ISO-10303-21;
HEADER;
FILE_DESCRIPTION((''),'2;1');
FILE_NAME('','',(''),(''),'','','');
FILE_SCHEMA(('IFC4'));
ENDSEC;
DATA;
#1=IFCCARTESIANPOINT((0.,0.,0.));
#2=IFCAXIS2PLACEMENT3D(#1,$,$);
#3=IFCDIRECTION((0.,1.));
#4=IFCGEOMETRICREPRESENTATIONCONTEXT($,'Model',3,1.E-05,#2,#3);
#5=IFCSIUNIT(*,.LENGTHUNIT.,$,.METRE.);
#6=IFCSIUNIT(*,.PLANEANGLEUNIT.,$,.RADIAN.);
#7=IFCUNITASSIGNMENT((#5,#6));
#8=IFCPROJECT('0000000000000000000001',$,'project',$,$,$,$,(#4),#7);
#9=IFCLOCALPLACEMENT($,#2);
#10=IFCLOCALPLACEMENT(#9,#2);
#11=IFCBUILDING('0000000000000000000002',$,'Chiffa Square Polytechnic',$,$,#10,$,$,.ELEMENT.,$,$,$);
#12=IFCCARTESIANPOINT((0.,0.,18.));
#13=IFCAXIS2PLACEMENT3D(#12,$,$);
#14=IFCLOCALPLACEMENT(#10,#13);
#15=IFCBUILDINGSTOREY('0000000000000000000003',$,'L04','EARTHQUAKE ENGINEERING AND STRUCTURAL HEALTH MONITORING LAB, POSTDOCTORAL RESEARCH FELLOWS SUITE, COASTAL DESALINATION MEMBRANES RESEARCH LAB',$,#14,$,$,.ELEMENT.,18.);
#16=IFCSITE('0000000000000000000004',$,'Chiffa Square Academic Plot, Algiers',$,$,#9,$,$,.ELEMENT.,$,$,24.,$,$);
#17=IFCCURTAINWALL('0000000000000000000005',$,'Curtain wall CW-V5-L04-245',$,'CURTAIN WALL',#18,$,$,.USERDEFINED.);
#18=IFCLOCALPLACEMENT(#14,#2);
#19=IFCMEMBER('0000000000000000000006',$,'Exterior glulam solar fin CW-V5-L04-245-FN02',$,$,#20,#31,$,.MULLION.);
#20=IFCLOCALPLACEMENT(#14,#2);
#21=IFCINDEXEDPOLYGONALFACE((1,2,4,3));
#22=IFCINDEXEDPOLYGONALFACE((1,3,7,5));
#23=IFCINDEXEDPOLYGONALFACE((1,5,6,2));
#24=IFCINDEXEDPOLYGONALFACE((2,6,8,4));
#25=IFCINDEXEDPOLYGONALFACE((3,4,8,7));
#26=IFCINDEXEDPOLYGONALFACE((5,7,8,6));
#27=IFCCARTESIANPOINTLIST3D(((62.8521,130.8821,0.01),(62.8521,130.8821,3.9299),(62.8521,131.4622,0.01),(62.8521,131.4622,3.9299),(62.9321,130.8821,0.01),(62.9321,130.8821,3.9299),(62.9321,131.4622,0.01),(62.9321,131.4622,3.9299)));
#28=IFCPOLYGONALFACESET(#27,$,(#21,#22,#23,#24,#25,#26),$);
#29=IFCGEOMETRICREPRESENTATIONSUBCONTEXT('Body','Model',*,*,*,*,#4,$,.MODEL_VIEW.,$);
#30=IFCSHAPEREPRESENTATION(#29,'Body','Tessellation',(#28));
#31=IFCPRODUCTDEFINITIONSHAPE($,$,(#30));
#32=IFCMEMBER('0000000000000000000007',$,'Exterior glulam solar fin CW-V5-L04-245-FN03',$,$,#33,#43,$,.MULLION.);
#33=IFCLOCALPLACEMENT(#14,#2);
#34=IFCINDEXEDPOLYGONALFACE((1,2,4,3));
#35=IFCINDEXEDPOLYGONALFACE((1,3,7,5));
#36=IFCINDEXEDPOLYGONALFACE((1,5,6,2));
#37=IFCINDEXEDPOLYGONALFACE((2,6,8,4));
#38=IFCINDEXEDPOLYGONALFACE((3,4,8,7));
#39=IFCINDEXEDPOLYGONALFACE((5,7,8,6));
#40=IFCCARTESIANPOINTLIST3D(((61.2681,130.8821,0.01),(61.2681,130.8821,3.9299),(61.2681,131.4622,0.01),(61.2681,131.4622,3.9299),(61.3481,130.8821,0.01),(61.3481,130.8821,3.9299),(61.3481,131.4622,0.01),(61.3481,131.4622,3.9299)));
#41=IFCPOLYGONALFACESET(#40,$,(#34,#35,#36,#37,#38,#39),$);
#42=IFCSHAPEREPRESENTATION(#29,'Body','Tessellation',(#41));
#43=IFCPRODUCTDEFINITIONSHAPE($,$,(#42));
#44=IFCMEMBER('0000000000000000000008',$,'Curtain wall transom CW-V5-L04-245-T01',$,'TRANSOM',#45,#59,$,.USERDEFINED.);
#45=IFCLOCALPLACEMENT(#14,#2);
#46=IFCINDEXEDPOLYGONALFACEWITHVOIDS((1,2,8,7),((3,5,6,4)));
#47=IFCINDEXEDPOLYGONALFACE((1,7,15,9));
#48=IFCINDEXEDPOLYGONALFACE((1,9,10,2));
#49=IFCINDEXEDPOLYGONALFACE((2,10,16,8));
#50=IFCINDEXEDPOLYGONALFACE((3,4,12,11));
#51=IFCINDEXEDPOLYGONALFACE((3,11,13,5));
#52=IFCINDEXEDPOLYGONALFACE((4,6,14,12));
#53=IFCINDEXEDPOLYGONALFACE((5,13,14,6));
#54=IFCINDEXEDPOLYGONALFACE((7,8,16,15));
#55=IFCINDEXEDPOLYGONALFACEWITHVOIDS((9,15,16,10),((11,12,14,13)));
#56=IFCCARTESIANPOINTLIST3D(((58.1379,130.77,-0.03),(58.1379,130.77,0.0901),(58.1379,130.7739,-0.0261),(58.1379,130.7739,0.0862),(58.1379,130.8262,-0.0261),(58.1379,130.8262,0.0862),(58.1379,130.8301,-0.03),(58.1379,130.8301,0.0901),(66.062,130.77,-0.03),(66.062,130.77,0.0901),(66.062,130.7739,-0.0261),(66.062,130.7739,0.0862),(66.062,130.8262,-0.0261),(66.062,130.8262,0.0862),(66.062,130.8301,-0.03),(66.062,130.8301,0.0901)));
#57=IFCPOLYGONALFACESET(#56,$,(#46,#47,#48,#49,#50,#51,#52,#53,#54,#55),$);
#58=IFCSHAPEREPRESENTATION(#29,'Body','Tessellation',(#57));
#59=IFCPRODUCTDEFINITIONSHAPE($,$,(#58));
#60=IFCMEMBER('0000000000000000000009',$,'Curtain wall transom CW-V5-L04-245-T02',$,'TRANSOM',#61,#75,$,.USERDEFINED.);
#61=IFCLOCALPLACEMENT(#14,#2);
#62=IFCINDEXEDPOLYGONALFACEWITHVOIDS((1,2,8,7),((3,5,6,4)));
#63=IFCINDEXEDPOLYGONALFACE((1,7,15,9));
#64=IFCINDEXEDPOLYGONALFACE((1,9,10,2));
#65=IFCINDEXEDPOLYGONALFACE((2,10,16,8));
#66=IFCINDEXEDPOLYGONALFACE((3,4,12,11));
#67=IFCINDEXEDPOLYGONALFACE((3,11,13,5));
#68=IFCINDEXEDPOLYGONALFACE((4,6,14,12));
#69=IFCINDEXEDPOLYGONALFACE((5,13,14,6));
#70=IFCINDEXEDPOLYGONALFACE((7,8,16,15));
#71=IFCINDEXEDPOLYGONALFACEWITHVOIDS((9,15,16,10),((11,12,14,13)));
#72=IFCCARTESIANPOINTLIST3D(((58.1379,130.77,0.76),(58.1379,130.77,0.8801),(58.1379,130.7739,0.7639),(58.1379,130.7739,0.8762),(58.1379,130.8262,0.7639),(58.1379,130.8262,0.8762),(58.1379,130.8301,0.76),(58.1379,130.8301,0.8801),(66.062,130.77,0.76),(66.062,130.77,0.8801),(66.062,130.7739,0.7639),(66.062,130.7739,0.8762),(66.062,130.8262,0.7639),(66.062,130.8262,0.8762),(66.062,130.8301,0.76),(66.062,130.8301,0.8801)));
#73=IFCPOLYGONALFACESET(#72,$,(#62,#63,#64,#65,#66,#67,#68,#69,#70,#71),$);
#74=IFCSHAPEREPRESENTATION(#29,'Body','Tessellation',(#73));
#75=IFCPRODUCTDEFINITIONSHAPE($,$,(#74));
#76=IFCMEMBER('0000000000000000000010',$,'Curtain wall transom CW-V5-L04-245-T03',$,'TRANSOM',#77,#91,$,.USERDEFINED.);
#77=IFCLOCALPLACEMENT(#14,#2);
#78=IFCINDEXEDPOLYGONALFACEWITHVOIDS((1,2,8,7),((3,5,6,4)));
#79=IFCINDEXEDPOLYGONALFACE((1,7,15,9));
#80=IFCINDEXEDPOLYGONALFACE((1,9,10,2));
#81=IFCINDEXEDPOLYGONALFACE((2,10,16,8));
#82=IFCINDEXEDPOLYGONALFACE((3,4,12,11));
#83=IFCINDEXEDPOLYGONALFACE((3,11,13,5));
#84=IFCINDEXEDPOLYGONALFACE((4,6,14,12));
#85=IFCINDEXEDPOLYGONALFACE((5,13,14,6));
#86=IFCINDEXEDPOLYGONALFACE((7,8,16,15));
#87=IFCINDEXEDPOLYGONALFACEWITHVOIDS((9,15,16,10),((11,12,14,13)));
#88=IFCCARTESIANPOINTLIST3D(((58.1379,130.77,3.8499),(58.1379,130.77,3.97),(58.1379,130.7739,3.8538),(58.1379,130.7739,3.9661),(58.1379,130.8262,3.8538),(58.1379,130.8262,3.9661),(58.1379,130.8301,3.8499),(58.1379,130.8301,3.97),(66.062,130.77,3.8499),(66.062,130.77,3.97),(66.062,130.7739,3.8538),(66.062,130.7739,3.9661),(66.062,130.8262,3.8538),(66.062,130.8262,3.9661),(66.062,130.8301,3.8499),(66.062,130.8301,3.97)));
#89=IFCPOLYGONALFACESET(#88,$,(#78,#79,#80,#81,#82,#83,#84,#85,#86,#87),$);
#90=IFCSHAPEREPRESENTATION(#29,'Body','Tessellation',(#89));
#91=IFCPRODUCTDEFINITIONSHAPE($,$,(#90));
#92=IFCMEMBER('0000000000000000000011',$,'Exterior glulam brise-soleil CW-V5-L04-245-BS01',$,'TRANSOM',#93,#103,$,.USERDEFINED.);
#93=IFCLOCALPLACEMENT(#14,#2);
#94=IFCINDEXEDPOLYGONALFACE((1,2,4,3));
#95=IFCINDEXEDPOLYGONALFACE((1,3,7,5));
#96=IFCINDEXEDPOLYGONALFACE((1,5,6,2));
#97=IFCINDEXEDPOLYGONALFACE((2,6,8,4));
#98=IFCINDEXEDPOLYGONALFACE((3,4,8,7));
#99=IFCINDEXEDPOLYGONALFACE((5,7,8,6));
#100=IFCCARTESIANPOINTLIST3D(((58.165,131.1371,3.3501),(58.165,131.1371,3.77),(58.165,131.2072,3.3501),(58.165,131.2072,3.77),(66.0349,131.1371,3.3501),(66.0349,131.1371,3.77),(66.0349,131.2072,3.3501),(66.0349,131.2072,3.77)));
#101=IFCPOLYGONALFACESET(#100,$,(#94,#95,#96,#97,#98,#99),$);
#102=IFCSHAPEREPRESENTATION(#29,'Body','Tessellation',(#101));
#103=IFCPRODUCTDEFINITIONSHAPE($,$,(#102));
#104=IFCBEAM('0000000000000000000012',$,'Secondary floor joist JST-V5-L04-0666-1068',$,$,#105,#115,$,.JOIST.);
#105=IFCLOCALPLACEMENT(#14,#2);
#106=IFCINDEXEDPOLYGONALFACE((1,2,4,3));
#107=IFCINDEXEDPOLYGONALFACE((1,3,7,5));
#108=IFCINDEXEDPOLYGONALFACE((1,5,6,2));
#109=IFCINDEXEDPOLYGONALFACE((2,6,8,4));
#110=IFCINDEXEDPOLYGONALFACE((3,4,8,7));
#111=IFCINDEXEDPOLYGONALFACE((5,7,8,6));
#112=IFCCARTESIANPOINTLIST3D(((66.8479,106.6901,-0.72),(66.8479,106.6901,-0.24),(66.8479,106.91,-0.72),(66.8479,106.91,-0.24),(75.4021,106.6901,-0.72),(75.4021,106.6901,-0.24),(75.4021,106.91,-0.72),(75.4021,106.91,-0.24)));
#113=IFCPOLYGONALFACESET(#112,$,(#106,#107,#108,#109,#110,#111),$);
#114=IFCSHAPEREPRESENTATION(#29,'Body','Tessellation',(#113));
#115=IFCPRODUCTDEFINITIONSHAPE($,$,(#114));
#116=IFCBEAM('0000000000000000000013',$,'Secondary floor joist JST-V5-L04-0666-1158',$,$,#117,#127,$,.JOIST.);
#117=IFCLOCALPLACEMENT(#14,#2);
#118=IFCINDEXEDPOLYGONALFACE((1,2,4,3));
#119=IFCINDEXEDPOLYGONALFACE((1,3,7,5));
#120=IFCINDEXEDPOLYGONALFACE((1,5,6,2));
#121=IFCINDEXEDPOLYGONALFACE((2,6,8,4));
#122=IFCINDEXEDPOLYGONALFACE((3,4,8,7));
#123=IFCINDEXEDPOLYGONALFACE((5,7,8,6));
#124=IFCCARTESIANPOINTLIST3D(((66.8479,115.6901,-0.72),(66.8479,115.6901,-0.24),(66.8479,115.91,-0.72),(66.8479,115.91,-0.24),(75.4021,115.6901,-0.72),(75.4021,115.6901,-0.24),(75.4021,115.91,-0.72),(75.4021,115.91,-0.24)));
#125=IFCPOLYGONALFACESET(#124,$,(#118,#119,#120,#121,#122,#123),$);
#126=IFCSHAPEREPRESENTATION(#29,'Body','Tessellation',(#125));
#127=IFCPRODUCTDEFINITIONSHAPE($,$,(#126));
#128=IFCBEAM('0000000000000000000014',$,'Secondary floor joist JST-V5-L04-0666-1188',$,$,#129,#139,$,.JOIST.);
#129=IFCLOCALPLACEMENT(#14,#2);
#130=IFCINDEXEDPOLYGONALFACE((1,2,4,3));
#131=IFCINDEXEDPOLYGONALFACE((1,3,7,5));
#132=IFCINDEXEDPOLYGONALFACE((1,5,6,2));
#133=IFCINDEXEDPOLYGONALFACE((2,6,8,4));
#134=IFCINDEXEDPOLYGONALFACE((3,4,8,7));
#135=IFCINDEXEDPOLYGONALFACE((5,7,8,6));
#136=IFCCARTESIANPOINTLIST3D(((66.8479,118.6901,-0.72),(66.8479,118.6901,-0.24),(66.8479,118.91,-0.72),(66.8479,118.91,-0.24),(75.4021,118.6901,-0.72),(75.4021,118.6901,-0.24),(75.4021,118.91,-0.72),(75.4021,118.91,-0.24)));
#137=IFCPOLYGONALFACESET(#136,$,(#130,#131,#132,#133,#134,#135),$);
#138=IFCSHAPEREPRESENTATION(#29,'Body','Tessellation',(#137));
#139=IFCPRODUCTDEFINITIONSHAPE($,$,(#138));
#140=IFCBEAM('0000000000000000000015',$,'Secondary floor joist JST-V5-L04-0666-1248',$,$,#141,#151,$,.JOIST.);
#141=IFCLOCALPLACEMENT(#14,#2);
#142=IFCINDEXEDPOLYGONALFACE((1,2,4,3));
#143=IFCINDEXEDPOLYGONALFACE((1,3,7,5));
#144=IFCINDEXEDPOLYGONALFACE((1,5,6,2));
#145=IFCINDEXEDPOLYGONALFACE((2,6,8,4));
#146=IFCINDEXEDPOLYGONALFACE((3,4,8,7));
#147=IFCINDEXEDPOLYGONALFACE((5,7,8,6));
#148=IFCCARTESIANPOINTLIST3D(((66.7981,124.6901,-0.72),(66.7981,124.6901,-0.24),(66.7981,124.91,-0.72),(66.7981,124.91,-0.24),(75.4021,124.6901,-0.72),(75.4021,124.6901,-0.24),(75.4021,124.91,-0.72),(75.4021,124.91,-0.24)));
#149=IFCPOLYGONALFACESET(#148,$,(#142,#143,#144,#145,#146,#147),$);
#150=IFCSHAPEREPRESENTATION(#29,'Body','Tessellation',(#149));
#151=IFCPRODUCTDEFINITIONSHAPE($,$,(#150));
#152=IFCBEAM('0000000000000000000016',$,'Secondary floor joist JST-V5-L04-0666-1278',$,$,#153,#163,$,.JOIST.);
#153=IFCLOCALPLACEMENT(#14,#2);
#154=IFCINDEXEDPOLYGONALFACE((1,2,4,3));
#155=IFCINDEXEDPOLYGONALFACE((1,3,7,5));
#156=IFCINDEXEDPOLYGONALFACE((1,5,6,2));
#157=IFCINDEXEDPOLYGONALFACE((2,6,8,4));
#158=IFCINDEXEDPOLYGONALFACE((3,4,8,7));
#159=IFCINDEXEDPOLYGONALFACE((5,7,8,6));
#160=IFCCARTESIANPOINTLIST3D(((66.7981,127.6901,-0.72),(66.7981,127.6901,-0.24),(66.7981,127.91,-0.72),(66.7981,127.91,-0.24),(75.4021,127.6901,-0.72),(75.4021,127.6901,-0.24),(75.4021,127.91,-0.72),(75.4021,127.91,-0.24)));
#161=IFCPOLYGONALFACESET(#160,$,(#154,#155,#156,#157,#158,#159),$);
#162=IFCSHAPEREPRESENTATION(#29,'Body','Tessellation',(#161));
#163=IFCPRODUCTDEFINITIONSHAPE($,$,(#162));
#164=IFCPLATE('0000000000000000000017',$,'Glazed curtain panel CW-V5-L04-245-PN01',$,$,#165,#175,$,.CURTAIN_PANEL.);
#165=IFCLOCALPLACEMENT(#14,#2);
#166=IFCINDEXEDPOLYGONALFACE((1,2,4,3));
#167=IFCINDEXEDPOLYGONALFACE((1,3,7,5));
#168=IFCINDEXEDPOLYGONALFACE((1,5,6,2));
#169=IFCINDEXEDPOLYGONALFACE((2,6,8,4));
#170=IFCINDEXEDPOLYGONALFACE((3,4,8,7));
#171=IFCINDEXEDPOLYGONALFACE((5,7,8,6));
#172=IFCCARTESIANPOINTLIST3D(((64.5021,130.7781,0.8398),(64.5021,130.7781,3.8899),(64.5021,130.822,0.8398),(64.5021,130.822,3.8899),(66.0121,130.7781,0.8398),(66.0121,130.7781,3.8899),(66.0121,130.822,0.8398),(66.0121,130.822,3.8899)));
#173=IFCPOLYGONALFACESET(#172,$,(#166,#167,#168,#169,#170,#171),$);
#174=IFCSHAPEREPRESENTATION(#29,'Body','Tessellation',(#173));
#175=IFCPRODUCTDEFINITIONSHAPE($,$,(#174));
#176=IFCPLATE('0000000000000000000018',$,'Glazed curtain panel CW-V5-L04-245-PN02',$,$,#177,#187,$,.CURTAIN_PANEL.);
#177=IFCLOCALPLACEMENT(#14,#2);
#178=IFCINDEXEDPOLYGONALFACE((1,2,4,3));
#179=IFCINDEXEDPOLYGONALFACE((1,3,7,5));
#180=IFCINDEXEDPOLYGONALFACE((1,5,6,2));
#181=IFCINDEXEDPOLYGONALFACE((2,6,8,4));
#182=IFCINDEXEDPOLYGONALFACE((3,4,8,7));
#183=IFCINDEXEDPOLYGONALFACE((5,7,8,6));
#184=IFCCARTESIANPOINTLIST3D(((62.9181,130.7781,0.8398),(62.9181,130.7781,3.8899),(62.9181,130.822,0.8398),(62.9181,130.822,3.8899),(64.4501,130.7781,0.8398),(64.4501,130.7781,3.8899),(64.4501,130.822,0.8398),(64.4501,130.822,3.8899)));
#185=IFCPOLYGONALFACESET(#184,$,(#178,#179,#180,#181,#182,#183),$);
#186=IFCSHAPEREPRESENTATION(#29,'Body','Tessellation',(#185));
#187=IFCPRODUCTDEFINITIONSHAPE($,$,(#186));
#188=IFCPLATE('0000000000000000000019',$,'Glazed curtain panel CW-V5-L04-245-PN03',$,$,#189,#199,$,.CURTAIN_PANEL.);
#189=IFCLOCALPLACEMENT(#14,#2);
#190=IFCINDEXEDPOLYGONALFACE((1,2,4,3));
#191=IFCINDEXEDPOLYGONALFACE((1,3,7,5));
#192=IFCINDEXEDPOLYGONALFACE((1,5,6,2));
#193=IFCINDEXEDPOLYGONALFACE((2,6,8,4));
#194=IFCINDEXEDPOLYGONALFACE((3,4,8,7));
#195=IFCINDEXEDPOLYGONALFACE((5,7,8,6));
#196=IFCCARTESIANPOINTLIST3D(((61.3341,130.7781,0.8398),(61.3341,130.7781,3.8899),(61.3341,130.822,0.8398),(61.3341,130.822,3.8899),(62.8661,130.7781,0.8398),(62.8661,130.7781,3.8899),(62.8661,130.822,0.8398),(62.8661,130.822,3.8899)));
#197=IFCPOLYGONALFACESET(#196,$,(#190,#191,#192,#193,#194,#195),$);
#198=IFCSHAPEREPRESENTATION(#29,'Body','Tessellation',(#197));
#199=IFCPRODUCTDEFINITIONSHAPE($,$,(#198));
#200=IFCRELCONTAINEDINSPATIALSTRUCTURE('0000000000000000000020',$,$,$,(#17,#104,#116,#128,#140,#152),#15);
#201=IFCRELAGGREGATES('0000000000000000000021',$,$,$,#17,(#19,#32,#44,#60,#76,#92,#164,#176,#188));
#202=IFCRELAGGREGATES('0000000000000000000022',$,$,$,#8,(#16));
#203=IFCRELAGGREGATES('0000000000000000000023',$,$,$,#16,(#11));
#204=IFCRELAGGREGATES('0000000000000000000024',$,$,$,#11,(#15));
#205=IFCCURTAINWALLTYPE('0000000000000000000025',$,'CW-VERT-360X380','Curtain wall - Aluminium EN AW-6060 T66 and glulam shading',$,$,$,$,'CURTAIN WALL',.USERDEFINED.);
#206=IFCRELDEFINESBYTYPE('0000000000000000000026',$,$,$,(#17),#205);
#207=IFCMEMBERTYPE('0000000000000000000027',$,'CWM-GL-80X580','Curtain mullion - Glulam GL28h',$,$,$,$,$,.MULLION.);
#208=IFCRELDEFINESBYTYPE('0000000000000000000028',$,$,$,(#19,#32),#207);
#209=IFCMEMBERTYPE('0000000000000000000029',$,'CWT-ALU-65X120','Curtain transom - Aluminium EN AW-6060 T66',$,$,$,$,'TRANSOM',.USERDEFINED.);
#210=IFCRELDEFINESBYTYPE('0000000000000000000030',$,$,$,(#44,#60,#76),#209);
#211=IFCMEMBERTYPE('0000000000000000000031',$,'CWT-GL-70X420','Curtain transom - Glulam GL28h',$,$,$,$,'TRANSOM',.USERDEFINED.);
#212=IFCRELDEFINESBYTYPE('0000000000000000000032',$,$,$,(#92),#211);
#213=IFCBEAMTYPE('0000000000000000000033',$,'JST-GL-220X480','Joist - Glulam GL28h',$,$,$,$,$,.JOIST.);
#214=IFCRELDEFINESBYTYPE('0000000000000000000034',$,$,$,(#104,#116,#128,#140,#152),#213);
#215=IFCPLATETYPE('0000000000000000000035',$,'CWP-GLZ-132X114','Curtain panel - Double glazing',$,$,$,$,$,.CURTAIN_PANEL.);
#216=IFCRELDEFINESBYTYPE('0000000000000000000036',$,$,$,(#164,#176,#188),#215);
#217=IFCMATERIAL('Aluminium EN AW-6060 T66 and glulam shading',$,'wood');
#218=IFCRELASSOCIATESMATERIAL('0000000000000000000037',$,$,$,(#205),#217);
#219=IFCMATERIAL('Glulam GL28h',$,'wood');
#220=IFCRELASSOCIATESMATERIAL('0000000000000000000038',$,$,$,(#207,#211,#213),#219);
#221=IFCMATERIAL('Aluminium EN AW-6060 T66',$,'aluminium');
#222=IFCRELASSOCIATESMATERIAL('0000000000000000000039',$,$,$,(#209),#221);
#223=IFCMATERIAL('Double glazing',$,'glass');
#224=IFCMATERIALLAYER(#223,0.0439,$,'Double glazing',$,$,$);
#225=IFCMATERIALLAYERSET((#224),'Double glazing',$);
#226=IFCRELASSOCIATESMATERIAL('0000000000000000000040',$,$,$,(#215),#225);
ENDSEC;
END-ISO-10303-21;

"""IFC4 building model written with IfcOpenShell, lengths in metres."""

from ifc_helpers import new_model, si_unit, direction, frame, origin, origin_2d, place, context, subcontext, project, spatial, rectangle, hollow_rectangle, extrude, material, layer, layer_set, material_profile, profile_set, type_object, element, aggregate, save


model = new_model("IFC4")

# Units and contexts
model_context = context("Model", 3, precision=1e-05, world=origin(), true_north=direction((0.0, 1.0)))
body_context = subcontext(model_context, "Body", "Model", "MODEL_VIEW")
ifc_project = project(units=[si_unit("LENGTHUNIT", "METRE"), si_unit("PLANEANGLEUNIT", "RADIAN")], contexts=[model_context])

# Site, building, storey
site_placement = place(None, origin())
site = spatial("IfcSite", under=ifc_project, at=site_placement, Name="Chiffa Square Academic Plot, Algiers", CompositionType="ELEMENT", RefElevation=24.0)
building_placement = place(site_placement, origin())
building = spatial("IfcBuilding", under=site, at=building_placement, Name="Chiffa Square Polytechnic", CompositionType="ELEMENT")
storey_placement = place(building_placement, frame((0.0, 0.0, 18.0)))
storey = spatial("IfcBuildingStorey", under=building, at=storey_placement, Name="L04", Description="EARTHQUAKE ENGINEERING AND STRUCTURAL HEALTH MONITORING LAB, POSTDOCTORAL RESEARCH FELLOWS SUITE, COASTAL DESALINATION MEMBRANES RESEARCH LAB", CompositionType="ELEMENT", Elevation=18.0)

# Curtain wall, members
ifc_material_1 = material(Name="Aluminium EN AW-6060 T66 and glulam shading", Category="wood")
curtain_wall_type = type_object("IfcCurtainWallType", Name="CW-VERT-360X380", Description="Curtain wall - Aluminium EN AW-6060 T66 and glulam shading", ElementType="CURTAIN WALL", PredefinedType="USERDEFINED", material=ifc_material_1)
curtain_wall_placement = place(storey_placement, origin())
curtain_wall = element("IfcCurtainWall", 1, at=curtain_wall_placement, inside=storey, type_object=curtain_wall_type, Name="Curtain wall CW-V5-L04-245", ObjectType="CURTAIN WALL", PredefinedType="USERDEFINED")
ifc_material_2 = material(Name="Aluminium EN AW-6060 T66", Category="aluminium")
ifc_material_3 = material(Name="Glulam GL28h", Category="wood")
ifc_material_profile_1 = material_profile(ifc_material_3, rectangle(XDim=0.0801, YDim=0.5801, at=origin_2d()), Name="GL28h 80x580")
ifc_profile_set_1 = profile_set([ifc_material_profile_1], Name="Glulam GL28h")
member_type_1 = type_object("IfcMemberType", Name="CWM-GL-80X580", Description="Curtain mullion - Glulam GL28h", PredefinedType="MULLION", material=ifc_profile_set_1)
member_1_placement = place(storey_placement, frame((62.8921, 131.1721, 0.01), z_axis=(0.0, 0.0, 1.0), x_axis=(-1.0, 0.0, 0.0)))
member_1 = element("IfcMember", 2, at=member_1_placement, type_object=member_type_1, Name="Exterior glulam solar fin CW-V5-L04-245-FN02", PredefinedType="MULLION", context=body_context, shape_type="SweptSolid", body=[
    extrude(rectangle(XDim=0.0801, YDim=0.5801, at=origin_2d()), origin(), (0.0, 0.0, 1.0), 3.9199),
])
member_2_placement = place(storey_placement, frame((61.3081, 131.1721, 0.01), z_axis=(0.0, 0.0, 1.0), x_axis=(-1.0, 0.0, 0.0)))
member_2 = element("IfcMember", 3, at=member_2_placement, type_object=member_type_1, Name="Exterior glulam solar fin CW-V5-L04-245-FN03", PredefinedType="MULLION", context=body_context, shape_type="SweptSolid", body=[
    extrude(rectangle(XDim=0.0801, YDim=0.5801, at=origin_2d()), origin(), (0.0, 0.0, 1.0), 3.9199),
])
ifc_material_profile_2 = material_profile(ifc_material_2, hollow_rectangle(XDim=0.0601, YDim=0.1201, WallThickness=0.0039, at=origin_2d()), Name="ALU 60x120x4")
ifc_profile_set_2 = profile_set([ifc_material_profile_2], Name="Aluminium EN AW-6060 T66")
member_type_2 = type_object("IfcMemberType", Name="CWT-ALU-65X120", Description="Curtain transom - Aluminium EN AW-6060 T66", ElementType="TRANSOM", PredefinedType="USERDEFINED", material=ifc_profile_set_2)
member_3_placement = place(storey_placement, frame((66.062, 130.8, 0.03), z_axis=(-1.0, 0.0, 0.0), x_axis=(0.0, -1.0, 0.0)))
member_3 = element("IfcMember", 4, at=member_3_placement, type_object=member_type_2, Name="Curtain wall transom CW-V5-L04-245-T01", ObjectType="TRANSOM", PredefinedType="USERDEFINED", context=body_context, shape_type="SweptSolid", body=[
    extrude(hollow_rectangle(XDim=0.0601, YDim=0.1201, WallThickness=0.0039, at=origin_2d()), origin(), (0.0, 0.0, 1.0), 7.9241),
])
member_4_placement = place(storey_placement, frame((66.062, 130.8, 0.8201), z_axis=(-1.0, 0.0, 0.0), x_axis=(0.0, -1.0, 0.0)))
member_4 = element("IfcMember", 5, at=member_4_placement, type_object=member_type_2, Name="Curtain wall transom CW-V5-L04-245-T02", ObjectType="TRANSOM", PredefinedType="USERDEFINED", context=body_context, shape_type="SweptSolid", body=[
    extrude(hollow_rectangle(XDim=0.0601, YDim=0.1201, WallThickness=0.0039, at=origin_2d()), origin(), (0.0, 0.0, 1.0), 7.9241),
])
member_5_placement = place(storey_placement, frame((66.062, 130.8, 3.9099), z_axis=(-1.0, 0.0, 0.0), x_axis=(0.0, -1.0, 0.0)))
member_5 = element("IfcMember", 6, at=member_5_placement, type_object=member_type_2, Name="Curtain wall transom CW-V5-L04-245-T03", ObjectType="TRANSOM", PredefinedType="USERDEFINED", context=body_context, shape_type="SweptSolid", body=[
    extrude(hollow_rectangle(XDim=0.0601, YDim=0.1201, WallThickness=0.0039, at=origin_2d()), origin(), (0.0, 0.0, 1.0), 7.9241),
])
ifc_material_profile_3 = material_profile(ifc_material_3, rectangle(XDim=0.0701, YDim=0.4199, at=origin_2d()), Name="GL28h 70x420")
ifc_profile_set_3 = profile_set([ifc_material_profile_3], Name="Glulam GL28h")
member_type_3 = type_object("IfcMemberType", Name="CWT-GL-70X420", Description="Curtain transom - Glulam GL28h", ElementType="TRANSOM", PredefinedType="USERDEFINED", material=ifc_profile_set_3)
member_6_placement = place(storey_placement, frame((66.0349, 131.1721, 3.5601), z_axis=(-1.0, 0.0, 0.0), x_axis=(0.0, -1.0, 0.0)))
member_6 = element("IfcMember", 7, at=member_6_placement, type_object=member_type_3, Name="Exterior glulam brise-soleil CW-V5-L04-245-BS01", ObjectType="TRANSOM", PredefinedType="USERDEFINED", context=body_context, shape_type="SweptSolid", body=[
    extrude(rectangle(XDim=0.0701, YDim=0.4199, at=origin_2d()), origin(), (0.0, 0.0, 1.0), 7.8699),
])

# Beams
ifc_material_profile_4 = material_profile(ifc_material_3, rectangle(XDim=0.22, YDim=0.48, at=origin_2d()), Name="GL28h 220x480")
ifc_profile_set_4 = profile_set([ifc_material_profile_4], Name="Glulam GL28h")
beam_type_1 = type_object("IfcBeamType", Name="JST-GL-220X480", Description="Joist - Glulam GL28h", PredefinedType="JOIST", material=ifc_profile_set_4)
for number, where, z_axis, x_axis, name in (
    (8, (66.8479, 106.8, -0.48), (1.0, 0.0, 0.0), (0.0, 1.0, 0.0), "Secondary floor joist JST-V5-L04-0666-1068"),
    (9, (66.8479, 115.8, -0.48), (1.0, 0.0, 0.0), (0.0, 1.0, 0.0), "Secondary floor joist JST-V5-L04-0666-1158"),
    (10, (66.8479, 118.8, -0.48), (1.0, 0.0, 0.0), (0.0, 1.0, 0.0), "Secondary floor joist JST-V5-L04-0666-1188"),
):
    element("IfcBeam", number, at=place(storey_placement, frame(where, z_axis=z_axis, x_axis=x_axis)), inside=storey, type_object=beam_type_1, Name=name, PredefinedType="JOIST", context=body_context, shape_type="SweptSolid", body=[
        extrude(rectangle(XDim=0.22, YDim=0.48, at=origin_2d()), origin(), (0.0, 0.0, 1.0), 8.5542),
    ])
for number, where, z_axis, x_axis, name in (
    (11, (66.7981, 124.8, -0.48), (1.0, 0.0, 0.0), (0.0, 1.0, 0.0), "Secondary floor joist JST-V5-L04-0666-1248"),
    (12, (66.7981, 127.8, -0.48), (1.0, 0.0, 0.0), (0.0, 1.0, 0.0), "Secondary floor joist JST-V5-L04-0666-1278"),
):
    element("IfcBeam", number, at=place(storey_placement, frame(where, z_axis=z_axis, x_axis=x_axis)), inside=storey, type_object=beam_type_1, Name=name, PredefinedType="JOIST", context=body_context, shape_type="SweptSolid", body=[
        extrude(rectangle(XDim=0.22, YDim=0.48, at=origin_2d()), origin(), (0.0, 0.0, 1.0), 8.604),
    ])

# Plates
ifc_material_4 = material(Name="Double glazing", Category="glass")
ifc_layer_1 = layer(ifc_material_4, 0.0439, Name="Double glazing")
ifc_layer_set_1 = layer_set([ifc_layer_1], Name="Double glazing")
plate_type_1 = type_object("IfcPlateType", Name="CWP-GLZ-132X114", Description="Curtain panel - Double glazing", PredefinedType="CURTAIN_PANEL", material=ifc_layer_set_1)
plate_1_placement = place(storey_placement, frame((65.2571, 130.8, 0.8398), z_axis=(0.0, 0.0, 1.0), x_axis=(-1.0, 0.0, 0.0)))
plate_1 = element("IfcPlate", 13, at=plate_1_placement, type_object=plate_type_1, Name="Glazed curtain panel CW-V5-L04-245-PN01", PredefinedType="CURTAIN_PANEL", context=body_context, shape_type="SweptSolid", body=[
    extrude(rectangle(XDim=1.51, YDim=0.0439, at=origin_2d()), origin(), (0.0, 0.0, 1.0), 3.05),
])
plate_2_placement = place(storey_placement, frame((63.6841, 130.8, 0.8398), z_axis=(0.0, 0.0, 1.0), x_axis=(-1.0, 0.0, 0.0)))
plate_2 = element("IfcPlate", 14, at=plate_2_placement, type_object=plate_type_1, Name="Glazed curtain panel CW-V5-L04-245-PN02", PredefinedType="CURTAIN_PANEL", context=body_context, shape_type="SweptSolid", body=[
    extrude(rectangle(XDim=1.532, YDim=0.0439, at=origin_2d()), origin(), (0.0, 0.0, 1.0), 3.05),
])
plate_3_placement = place(storey_placement, frame((62.1001, 130.8, 0.8398), z_axis=(0.0, 0.0, 1.0), x_axis=(-1.0, 0.0, 0.0)))
plate_3 = element("IfcPlate", 15, at=plate_3_placement, type_object=plate_type_1, Name="Glazed curtain panel CW-V5-L04-245-PN03", PredefinedType="CURTAIN_PANEL", context=body_context, shape_type="SweptSolid", body=[
    extrude(rectangle(XDim=1.532, YDim=0.0439, at=origin_2d()), origin(), (0.0, 0.0, 1.0), 3.05),
])
aggregate(curtain_wall, [member_1, member_2, member_3, member_4, member_5, member_6, plate_1, plate_2, plate_3])

save(model, "model.ifc")
